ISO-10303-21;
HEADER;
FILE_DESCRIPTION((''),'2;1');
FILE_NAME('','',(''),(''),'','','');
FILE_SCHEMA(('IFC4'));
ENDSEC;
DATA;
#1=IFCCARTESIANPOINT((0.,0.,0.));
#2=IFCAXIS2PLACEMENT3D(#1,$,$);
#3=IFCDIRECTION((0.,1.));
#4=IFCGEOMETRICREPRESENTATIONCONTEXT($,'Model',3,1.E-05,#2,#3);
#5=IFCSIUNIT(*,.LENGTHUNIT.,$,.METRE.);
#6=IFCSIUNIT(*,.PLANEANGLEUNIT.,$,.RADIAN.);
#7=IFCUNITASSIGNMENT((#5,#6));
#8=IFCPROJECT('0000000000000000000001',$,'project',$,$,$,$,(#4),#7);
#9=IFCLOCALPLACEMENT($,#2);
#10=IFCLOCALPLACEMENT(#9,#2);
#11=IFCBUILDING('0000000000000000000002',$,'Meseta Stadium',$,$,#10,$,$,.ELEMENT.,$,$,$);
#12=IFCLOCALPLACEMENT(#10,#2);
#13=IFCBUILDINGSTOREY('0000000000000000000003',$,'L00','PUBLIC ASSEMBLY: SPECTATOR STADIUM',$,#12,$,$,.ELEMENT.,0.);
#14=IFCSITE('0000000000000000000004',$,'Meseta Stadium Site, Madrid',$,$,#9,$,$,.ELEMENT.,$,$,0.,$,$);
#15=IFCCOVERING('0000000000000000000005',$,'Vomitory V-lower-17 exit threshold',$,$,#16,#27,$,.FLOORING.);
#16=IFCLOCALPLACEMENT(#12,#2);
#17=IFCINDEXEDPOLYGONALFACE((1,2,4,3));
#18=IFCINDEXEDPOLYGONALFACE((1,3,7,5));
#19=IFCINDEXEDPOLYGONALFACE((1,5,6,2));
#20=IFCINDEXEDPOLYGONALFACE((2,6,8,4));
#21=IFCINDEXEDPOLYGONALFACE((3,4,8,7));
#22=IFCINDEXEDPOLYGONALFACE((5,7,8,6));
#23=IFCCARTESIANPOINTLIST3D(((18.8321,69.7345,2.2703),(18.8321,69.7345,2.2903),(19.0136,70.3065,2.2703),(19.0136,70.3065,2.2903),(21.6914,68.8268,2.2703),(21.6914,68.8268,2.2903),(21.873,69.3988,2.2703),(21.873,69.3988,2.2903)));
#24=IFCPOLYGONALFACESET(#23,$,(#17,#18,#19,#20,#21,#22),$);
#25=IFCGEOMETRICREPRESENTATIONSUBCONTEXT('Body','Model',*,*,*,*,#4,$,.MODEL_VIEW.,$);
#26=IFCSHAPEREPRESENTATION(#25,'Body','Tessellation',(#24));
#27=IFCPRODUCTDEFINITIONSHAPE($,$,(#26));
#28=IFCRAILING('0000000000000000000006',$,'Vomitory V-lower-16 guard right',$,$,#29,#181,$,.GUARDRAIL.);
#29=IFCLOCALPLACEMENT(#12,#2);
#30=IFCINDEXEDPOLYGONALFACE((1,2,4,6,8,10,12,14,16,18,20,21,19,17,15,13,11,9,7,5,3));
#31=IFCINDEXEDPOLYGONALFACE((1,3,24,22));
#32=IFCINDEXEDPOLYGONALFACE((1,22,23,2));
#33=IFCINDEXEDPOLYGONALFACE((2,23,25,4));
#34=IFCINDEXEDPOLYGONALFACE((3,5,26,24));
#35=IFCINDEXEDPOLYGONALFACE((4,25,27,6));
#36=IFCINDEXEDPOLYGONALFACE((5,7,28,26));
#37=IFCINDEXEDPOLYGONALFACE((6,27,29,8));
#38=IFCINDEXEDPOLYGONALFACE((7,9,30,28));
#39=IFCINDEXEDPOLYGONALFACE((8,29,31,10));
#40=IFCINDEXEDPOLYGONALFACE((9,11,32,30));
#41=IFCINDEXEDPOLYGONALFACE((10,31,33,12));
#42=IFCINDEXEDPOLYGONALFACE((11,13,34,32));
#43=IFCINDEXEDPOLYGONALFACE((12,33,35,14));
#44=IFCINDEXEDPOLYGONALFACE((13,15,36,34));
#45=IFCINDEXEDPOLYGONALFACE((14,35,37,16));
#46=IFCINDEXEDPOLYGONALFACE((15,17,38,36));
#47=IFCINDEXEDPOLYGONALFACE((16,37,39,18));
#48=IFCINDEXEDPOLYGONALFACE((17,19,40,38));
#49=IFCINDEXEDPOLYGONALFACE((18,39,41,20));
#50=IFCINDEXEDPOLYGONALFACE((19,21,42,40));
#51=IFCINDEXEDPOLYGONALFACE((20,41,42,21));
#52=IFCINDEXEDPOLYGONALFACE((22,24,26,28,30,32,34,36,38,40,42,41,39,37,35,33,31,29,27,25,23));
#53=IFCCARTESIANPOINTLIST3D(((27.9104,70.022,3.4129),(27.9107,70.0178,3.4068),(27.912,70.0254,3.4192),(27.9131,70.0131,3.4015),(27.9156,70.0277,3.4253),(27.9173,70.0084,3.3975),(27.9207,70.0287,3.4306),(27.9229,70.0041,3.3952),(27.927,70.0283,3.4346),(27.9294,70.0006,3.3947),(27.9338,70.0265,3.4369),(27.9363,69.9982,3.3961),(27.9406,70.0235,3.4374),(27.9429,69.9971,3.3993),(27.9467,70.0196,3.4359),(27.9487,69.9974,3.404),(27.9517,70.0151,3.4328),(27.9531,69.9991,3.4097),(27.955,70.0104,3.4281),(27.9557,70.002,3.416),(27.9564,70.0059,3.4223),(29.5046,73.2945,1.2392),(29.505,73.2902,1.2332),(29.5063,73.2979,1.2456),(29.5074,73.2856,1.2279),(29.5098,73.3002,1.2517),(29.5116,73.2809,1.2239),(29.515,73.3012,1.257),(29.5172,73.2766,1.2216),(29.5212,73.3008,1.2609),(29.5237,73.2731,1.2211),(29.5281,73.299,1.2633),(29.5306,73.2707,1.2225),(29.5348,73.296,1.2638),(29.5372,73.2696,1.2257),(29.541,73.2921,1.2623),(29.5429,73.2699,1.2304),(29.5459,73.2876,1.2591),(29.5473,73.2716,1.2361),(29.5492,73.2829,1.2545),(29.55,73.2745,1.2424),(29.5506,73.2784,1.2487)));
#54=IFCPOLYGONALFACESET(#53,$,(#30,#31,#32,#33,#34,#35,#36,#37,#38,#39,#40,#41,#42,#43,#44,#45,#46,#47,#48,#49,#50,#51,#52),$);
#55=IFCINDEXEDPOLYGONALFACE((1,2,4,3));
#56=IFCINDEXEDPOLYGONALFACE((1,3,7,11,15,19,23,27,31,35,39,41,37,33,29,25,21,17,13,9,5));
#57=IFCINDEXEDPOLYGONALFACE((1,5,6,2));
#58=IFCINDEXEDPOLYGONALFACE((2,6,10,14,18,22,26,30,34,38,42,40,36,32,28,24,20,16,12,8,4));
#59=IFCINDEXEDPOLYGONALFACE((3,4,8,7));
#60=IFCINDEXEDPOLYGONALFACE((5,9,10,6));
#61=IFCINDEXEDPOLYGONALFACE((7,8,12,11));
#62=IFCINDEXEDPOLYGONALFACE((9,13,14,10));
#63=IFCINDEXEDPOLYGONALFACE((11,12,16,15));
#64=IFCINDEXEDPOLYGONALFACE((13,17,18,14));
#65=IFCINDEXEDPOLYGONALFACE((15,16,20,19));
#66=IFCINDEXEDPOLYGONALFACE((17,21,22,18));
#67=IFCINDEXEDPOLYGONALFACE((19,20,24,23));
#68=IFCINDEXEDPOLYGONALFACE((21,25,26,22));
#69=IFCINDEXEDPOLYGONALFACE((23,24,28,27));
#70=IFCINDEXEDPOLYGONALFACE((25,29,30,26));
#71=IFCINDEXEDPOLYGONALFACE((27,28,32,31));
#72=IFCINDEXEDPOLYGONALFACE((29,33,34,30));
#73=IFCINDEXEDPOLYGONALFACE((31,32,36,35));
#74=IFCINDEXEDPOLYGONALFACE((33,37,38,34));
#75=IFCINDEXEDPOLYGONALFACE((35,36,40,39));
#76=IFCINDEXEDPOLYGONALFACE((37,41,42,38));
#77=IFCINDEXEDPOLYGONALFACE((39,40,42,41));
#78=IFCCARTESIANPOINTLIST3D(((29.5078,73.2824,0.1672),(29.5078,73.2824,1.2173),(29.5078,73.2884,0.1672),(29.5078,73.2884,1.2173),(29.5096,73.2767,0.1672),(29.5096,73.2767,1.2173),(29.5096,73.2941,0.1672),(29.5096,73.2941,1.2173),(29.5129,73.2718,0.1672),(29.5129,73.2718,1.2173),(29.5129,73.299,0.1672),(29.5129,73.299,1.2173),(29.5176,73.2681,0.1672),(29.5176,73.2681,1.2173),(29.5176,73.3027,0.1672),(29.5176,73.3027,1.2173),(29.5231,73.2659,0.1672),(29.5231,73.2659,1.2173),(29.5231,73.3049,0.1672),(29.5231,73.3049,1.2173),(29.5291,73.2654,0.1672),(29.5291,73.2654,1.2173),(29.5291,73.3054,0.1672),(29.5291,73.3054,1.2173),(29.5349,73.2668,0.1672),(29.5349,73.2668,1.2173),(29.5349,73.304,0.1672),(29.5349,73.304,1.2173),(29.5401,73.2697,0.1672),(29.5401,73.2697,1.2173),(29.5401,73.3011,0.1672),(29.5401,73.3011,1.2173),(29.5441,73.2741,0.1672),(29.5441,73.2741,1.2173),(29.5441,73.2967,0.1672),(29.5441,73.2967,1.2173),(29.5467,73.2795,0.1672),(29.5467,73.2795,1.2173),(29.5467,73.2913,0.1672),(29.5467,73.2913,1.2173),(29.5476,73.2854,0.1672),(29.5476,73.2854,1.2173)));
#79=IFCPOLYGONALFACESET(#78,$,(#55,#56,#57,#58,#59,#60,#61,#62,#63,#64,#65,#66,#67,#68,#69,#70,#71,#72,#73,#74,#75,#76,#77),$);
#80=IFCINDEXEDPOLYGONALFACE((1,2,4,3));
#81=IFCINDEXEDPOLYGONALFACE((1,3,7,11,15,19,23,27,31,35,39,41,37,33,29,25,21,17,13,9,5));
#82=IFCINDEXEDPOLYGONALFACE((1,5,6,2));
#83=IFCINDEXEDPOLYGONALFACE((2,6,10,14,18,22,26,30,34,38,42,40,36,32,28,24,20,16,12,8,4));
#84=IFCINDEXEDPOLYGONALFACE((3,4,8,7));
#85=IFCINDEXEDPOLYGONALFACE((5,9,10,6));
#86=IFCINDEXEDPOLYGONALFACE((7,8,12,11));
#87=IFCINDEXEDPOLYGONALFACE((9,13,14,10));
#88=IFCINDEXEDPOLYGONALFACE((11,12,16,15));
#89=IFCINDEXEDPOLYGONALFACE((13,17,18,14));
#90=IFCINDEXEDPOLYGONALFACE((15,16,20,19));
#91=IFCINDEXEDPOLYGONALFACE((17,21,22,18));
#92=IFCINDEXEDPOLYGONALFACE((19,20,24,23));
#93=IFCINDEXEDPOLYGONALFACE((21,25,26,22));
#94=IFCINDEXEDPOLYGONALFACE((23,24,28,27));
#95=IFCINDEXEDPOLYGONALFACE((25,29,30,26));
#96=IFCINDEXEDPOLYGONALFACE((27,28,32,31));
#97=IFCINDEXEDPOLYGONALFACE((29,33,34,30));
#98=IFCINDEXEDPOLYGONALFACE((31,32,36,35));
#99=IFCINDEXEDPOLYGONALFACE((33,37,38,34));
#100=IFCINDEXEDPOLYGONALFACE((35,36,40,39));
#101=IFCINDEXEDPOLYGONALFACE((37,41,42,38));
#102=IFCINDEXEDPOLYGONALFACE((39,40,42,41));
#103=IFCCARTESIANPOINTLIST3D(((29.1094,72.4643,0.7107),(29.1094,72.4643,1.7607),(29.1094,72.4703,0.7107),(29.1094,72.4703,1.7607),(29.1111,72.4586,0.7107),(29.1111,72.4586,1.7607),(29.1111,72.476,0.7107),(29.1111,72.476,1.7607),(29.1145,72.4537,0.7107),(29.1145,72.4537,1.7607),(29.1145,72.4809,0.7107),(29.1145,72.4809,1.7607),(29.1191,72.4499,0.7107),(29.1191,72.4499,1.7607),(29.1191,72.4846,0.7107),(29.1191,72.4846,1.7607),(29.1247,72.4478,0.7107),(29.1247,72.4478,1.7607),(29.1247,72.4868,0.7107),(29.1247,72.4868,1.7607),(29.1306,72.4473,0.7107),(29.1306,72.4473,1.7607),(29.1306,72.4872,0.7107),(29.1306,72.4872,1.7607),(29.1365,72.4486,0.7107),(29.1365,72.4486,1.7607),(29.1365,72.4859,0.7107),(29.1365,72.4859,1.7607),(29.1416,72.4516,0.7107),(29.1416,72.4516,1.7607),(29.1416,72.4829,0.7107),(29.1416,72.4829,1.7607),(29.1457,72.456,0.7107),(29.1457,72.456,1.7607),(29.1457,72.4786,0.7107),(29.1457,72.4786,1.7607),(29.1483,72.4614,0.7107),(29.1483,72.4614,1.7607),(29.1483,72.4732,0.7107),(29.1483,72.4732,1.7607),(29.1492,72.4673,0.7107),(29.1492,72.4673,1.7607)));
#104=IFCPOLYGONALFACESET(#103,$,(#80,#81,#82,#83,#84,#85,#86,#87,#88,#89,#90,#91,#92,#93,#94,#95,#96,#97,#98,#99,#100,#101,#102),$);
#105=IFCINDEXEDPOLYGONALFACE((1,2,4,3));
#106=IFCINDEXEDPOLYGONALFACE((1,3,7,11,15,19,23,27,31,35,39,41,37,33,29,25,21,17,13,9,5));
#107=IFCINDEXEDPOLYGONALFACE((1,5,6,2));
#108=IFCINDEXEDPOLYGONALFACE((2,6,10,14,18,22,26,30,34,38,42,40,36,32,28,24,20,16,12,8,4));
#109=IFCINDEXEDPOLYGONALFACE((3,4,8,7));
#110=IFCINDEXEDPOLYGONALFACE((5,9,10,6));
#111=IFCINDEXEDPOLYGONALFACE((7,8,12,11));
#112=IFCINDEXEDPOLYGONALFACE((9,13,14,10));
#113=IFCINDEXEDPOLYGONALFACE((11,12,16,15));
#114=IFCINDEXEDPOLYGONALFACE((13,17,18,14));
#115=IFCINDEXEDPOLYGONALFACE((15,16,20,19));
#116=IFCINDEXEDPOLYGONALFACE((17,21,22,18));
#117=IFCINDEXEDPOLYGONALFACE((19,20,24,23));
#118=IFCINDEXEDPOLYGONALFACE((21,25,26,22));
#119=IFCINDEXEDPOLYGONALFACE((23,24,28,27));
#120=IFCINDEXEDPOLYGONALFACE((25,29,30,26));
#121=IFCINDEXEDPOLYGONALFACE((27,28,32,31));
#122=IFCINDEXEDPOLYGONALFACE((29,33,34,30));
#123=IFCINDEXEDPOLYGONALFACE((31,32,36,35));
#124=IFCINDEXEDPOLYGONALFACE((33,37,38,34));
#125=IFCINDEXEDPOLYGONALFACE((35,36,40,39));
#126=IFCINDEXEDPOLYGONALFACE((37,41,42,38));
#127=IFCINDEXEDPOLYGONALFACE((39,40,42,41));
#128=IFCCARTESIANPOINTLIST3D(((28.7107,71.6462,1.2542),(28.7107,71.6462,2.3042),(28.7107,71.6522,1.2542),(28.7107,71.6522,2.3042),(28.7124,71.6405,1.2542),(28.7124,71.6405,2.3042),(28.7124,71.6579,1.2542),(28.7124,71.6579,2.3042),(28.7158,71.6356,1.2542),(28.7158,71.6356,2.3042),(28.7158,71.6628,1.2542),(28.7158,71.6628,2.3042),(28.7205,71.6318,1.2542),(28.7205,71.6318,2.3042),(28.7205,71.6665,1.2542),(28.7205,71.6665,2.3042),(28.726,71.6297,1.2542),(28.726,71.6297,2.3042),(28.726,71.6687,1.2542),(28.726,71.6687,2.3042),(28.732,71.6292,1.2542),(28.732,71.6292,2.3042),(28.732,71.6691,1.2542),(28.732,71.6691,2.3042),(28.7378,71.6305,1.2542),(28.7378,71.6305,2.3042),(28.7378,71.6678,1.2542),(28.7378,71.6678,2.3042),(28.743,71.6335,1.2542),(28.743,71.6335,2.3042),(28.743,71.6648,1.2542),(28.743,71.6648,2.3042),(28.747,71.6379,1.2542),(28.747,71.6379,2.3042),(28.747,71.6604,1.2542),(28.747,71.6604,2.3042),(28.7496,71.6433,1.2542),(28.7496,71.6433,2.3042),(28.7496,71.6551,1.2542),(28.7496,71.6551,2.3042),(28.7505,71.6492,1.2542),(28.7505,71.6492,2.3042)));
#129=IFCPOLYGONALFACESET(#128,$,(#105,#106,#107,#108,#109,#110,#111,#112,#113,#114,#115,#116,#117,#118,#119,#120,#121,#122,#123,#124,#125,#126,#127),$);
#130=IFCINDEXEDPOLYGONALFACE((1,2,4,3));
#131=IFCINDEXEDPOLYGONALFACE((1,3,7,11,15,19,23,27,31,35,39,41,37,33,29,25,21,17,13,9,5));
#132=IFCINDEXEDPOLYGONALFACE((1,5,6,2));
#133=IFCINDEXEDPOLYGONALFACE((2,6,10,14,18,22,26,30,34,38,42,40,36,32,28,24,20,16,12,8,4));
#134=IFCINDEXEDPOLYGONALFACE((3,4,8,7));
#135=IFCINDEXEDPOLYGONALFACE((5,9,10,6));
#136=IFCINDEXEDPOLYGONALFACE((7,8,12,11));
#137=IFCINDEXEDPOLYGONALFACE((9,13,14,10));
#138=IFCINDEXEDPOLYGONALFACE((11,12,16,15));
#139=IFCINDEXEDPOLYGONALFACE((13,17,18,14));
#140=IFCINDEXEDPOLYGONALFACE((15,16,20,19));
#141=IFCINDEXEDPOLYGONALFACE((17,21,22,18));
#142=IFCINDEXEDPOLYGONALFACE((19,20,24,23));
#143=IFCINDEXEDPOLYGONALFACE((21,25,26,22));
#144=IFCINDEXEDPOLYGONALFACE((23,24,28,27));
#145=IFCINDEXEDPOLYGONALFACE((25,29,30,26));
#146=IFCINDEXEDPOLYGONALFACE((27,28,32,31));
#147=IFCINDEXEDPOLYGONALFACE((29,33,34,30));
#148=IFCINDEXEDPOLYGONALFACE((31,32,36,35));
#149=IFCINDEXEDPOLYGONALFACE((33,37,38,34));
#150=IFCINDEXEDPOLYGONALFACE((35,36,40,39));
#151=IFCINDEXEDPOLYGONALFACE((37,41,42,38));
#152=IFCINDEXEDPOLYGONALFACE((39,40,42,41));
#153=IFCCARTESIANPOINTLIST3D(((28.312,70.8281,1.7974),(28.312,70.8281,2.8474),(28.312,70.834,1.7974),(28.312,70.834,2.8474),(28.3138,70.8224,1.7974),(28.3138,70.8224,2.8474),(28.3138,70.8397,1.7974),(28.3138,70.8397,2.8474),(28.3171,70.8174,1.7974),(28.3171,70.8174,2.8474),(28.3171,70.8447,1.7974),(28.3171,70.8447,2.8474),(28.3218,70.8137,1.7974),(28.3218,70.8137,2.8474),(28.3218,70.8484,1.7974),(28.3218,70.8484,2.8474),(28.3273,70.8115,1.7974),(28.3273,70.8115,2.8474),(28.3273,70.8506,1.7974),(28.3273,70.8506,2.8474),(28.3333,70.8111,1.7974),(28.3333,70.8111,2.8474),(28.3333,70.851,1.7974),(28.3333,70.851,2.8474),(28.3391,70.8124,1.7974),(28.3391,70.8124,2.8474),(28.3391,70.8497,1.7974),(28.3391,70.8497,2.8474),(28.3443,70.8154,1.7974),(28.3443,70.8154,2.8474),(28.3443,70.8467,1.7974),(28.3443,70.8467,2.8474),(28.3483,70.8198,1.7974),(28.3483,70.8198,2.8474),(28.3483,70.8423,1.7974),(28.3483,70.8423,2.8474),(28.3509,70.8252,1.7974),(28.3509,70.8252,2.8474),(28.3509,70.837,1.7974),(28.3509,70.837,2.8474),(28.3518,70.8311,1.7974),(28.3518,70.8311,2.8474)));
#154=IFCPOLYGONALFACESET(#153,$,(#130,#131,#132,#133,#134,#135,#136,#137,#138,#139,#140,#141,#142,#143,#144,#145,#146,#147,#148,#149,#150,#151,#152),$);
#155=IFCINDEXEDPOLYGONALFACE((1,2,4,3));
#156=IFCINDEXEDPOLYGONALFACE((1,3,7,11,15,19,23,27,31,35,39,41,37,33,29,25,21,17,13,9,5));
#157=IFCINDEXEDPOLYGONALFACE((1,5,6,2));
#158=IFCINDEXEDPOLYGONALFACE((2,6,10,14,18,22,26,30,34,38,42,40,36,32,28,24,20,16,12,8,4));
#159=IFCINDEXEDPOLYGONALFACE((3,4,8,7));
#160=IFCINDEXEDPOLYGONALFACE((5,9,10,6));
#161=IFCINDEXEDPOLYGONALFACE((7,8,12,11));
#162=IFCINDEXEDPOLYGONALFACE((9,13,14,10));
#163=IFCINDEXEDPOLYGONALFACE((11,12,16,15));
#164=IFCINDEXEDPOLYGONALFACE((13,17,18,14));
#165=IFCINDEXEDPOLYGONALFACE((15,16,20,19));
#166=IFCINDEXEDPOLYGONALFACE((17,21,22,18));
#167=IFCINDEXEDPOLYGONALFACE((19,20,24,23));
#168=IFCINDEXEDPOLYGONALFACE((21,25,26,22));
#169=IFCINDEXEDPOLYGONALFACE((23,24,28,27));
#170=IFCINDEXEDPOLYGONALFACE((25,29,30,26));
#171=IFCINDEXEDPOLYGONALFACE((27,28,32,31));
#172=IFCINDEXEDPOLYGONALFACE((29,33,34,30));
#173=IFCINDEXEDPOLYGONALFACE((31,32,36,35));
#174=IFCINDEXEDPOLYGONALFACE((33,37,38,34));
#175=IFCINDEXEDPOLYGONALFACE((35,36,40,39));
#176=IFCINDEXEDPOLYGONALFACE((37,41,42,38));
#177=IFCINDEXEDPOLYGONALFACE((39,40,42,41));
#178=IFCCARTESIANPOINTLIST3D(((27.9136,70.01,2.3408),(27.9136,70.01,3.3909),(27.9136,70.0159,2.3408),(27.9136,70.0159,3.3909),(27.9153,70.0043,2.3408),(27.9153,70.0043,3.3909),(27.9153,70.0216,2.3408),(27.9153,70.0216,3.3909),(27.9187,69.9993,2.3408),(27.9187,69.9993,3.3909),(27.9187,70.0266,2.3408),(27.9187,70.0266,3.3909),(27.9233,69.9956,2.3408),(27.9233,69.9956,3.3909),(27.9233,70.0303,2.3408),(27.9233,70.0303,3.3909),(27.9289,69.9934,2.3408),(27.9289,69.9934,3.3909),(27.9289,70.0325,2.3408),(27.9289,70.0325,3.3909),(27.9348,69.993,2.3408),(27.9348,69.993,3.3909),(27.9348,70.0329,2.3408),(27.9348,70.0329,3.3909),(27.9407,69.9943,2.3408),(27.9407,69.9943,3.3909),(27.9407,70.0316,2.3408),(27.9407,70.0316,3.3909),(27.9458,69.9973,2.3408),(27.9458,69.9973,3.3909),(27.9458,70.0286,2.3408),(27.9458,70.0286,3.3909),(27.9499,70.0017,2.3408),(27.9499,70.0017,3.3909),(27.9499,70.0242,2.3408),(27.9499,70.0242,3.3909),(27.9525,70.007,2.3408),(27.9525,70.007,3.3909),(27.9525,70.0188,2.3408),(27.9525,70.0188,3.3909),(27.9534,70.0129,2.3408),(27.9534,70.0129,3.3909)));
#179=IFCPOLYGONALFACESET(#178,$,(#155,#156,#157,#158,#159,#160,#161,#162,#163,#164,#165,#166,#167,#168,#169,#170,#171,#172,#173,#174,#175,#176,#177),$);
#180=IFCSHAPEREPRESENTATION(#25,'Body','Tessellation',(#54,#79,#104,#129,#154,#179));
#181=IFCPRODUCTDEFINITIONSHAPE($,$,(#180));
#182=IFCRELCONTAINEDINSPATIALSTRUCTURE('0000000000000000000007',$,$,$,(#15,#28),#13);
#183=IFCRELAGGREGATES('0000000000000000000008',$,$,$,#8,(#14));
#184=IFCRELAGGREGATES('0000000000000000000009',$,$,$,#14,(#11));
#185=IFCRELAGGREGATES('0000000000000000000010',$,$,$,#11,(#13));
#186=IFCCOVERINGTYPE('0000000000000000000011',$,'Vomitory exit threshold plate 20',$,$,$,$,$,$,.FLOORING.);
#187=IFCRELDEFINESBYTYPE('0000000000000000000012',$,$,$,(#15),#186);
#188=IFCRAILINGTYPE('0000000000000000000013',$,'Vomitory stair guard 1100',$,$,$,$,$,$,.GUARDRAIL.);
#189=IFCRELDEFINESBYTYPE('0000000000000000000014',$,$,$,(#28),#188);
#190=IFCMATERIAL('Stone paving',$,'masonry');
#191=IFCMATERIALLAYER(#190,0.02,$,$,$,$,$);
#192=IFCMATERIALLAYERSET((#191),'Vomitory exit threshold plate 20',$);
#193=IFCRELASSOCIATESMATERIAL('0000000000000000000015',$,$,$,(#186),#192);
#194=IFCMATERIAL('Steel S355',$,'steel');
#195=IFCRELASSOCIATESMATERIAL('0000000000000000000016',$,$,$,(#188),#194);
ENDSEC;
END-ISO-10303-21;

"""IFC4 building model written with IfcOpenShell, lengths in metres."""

from ifc_helpers import new_model, si_unit, direction, frame, origin, origin_2d, place, context, subcontext, project, spatial, rectangle, circle, extrude, material, layer, layer_set, type_object, element, save


model = new_model("IFC4")

# Units and contexts
model_context = context("Model", 3, precision=1e-05, world=origin(), true_north=direction((0.0, 1.0)))
body_context = subcontext(model_context, "Body", "Model", "MODEL_VIEW")
ifc_project = project(units=[si_unit("LENGTHUNIT", "METRE"), si_unit("PLANEANGLEUNIT", "RADIAN")], contexts=[model_context])

# Site, building, storey
site_placement = place(None, origin())
site = spatial("IfcSite", under=ifc_project, at=site_placement, Name="Meseta Stadium Site, Madrid", CompositionType="ELEMENT", RefElevation=0.0)
building_placement = place(site_placement, origin())
building = spatial("IfcBuilding", under=site, at=building_placement, Name="Meseta Stadium", CompositionType="ELEMENT")
storey_placement = place(building_placement, origin())
storey = spatial("IfcBuildingStorey", under=building, at=storey_placement, Name="L00", Description="PUBLIC ASSEMBLY: SPECTATOR STADIUM", CompositionType="ELEMENT", Elevation=0.0)

# Covering
ifc_material_1 = material(Name="Stone paving", Category="masonry")
ifc_layer = layer(ifc_material_1, 0.02)
ifc_layer_set = layer_set([ifc_layer], Name="Vomitory exit threshold plate 20")
covering_type = type_object("IfcCoveringType", Name="Vomitory exit threshold plate 20", PredefinedType="FLOORING", material=ifc_layer_set)
for number, where, z_axis, x_axis, name in (
    (1, (20.3525, 69.5667, 2.2703), (0.0, 0.0, 1.0), (-0.30258, -0.953124, 0.0), "Vomitory V-lower-17 exit threshold"),
):
    element("IfcCovering", number, at=place(storey_placement, frame(where, z_axis=z_axis, x_axis=x_axis)), inside=storey, type_object=covering_type, Name=name, PredefinedType="FLOORING", context=body_context, shape_type="SweptSolid", body=[
        extrude(rectangle(XDim=0.6001, YDim=3.0, at=origin_2d()), origin(), (0.0, 0.0, 1.0), 0.02),
    ])

# Railing
ifc_material_2 = material(Name="Steel S355", Category="steel")
railing_type_1 = type_object("IfcRailingType", Name="Vomitory stair guard 1100", PredefinedType="GUARDRAIL", material=ifc_material_2)
railing_1_placement = place(storey_placement, frame((29.5276, 73.2854, 0.1672)))
element("IfcRailing", 2, at=railing_1_placement, inside=storey, type_object=railing_type_1, Name="Vomitory V-lower-16 guard right", PredefinedType="GUARDRAIL", context=body_context, shape_type="SweptSolid", body=[
    extrude(circle(Radius=0.0249, at=origin_2d()), frame((0.0, 0.0, 1.0752), z_axis=(-0.376026, -0.771861, 0.512674), x_axis=(0.898994, -0.437961, 0.0)), (0.0, 0.0, 1.0), 4.2397),
    extrude(circle(Radius=0.02, at=origin_2d()), origin(), (0.0, 0.0, 1.0), 1.05),
    extrude(circle(Radius=0.02, at=origin_2d()), frame((-0.3984, -0.8181, 0.5435)), (0.0, 0.0, 1.0), 1.05),
    extrude(circle(Radius=0.02, at=origin_2d()), frame((-0.7971, -1.6362, 1.0869)), (0.0, 0.0, 1.0), 1.05),
    extrude(circle(Radius=0.02, at=origin_2d()), frame((-1.1958, -2.4543, 1.6301)), (0.0, 0.0, 1.0), 1.05),
    extrude(circle(Radius=0.02, at=origin_2d()), frame((-1.5942, -3.2725, 2.1736)), (0.0, 0.0, 1.0), 1.05),
])

save(model, "model.ifc")
